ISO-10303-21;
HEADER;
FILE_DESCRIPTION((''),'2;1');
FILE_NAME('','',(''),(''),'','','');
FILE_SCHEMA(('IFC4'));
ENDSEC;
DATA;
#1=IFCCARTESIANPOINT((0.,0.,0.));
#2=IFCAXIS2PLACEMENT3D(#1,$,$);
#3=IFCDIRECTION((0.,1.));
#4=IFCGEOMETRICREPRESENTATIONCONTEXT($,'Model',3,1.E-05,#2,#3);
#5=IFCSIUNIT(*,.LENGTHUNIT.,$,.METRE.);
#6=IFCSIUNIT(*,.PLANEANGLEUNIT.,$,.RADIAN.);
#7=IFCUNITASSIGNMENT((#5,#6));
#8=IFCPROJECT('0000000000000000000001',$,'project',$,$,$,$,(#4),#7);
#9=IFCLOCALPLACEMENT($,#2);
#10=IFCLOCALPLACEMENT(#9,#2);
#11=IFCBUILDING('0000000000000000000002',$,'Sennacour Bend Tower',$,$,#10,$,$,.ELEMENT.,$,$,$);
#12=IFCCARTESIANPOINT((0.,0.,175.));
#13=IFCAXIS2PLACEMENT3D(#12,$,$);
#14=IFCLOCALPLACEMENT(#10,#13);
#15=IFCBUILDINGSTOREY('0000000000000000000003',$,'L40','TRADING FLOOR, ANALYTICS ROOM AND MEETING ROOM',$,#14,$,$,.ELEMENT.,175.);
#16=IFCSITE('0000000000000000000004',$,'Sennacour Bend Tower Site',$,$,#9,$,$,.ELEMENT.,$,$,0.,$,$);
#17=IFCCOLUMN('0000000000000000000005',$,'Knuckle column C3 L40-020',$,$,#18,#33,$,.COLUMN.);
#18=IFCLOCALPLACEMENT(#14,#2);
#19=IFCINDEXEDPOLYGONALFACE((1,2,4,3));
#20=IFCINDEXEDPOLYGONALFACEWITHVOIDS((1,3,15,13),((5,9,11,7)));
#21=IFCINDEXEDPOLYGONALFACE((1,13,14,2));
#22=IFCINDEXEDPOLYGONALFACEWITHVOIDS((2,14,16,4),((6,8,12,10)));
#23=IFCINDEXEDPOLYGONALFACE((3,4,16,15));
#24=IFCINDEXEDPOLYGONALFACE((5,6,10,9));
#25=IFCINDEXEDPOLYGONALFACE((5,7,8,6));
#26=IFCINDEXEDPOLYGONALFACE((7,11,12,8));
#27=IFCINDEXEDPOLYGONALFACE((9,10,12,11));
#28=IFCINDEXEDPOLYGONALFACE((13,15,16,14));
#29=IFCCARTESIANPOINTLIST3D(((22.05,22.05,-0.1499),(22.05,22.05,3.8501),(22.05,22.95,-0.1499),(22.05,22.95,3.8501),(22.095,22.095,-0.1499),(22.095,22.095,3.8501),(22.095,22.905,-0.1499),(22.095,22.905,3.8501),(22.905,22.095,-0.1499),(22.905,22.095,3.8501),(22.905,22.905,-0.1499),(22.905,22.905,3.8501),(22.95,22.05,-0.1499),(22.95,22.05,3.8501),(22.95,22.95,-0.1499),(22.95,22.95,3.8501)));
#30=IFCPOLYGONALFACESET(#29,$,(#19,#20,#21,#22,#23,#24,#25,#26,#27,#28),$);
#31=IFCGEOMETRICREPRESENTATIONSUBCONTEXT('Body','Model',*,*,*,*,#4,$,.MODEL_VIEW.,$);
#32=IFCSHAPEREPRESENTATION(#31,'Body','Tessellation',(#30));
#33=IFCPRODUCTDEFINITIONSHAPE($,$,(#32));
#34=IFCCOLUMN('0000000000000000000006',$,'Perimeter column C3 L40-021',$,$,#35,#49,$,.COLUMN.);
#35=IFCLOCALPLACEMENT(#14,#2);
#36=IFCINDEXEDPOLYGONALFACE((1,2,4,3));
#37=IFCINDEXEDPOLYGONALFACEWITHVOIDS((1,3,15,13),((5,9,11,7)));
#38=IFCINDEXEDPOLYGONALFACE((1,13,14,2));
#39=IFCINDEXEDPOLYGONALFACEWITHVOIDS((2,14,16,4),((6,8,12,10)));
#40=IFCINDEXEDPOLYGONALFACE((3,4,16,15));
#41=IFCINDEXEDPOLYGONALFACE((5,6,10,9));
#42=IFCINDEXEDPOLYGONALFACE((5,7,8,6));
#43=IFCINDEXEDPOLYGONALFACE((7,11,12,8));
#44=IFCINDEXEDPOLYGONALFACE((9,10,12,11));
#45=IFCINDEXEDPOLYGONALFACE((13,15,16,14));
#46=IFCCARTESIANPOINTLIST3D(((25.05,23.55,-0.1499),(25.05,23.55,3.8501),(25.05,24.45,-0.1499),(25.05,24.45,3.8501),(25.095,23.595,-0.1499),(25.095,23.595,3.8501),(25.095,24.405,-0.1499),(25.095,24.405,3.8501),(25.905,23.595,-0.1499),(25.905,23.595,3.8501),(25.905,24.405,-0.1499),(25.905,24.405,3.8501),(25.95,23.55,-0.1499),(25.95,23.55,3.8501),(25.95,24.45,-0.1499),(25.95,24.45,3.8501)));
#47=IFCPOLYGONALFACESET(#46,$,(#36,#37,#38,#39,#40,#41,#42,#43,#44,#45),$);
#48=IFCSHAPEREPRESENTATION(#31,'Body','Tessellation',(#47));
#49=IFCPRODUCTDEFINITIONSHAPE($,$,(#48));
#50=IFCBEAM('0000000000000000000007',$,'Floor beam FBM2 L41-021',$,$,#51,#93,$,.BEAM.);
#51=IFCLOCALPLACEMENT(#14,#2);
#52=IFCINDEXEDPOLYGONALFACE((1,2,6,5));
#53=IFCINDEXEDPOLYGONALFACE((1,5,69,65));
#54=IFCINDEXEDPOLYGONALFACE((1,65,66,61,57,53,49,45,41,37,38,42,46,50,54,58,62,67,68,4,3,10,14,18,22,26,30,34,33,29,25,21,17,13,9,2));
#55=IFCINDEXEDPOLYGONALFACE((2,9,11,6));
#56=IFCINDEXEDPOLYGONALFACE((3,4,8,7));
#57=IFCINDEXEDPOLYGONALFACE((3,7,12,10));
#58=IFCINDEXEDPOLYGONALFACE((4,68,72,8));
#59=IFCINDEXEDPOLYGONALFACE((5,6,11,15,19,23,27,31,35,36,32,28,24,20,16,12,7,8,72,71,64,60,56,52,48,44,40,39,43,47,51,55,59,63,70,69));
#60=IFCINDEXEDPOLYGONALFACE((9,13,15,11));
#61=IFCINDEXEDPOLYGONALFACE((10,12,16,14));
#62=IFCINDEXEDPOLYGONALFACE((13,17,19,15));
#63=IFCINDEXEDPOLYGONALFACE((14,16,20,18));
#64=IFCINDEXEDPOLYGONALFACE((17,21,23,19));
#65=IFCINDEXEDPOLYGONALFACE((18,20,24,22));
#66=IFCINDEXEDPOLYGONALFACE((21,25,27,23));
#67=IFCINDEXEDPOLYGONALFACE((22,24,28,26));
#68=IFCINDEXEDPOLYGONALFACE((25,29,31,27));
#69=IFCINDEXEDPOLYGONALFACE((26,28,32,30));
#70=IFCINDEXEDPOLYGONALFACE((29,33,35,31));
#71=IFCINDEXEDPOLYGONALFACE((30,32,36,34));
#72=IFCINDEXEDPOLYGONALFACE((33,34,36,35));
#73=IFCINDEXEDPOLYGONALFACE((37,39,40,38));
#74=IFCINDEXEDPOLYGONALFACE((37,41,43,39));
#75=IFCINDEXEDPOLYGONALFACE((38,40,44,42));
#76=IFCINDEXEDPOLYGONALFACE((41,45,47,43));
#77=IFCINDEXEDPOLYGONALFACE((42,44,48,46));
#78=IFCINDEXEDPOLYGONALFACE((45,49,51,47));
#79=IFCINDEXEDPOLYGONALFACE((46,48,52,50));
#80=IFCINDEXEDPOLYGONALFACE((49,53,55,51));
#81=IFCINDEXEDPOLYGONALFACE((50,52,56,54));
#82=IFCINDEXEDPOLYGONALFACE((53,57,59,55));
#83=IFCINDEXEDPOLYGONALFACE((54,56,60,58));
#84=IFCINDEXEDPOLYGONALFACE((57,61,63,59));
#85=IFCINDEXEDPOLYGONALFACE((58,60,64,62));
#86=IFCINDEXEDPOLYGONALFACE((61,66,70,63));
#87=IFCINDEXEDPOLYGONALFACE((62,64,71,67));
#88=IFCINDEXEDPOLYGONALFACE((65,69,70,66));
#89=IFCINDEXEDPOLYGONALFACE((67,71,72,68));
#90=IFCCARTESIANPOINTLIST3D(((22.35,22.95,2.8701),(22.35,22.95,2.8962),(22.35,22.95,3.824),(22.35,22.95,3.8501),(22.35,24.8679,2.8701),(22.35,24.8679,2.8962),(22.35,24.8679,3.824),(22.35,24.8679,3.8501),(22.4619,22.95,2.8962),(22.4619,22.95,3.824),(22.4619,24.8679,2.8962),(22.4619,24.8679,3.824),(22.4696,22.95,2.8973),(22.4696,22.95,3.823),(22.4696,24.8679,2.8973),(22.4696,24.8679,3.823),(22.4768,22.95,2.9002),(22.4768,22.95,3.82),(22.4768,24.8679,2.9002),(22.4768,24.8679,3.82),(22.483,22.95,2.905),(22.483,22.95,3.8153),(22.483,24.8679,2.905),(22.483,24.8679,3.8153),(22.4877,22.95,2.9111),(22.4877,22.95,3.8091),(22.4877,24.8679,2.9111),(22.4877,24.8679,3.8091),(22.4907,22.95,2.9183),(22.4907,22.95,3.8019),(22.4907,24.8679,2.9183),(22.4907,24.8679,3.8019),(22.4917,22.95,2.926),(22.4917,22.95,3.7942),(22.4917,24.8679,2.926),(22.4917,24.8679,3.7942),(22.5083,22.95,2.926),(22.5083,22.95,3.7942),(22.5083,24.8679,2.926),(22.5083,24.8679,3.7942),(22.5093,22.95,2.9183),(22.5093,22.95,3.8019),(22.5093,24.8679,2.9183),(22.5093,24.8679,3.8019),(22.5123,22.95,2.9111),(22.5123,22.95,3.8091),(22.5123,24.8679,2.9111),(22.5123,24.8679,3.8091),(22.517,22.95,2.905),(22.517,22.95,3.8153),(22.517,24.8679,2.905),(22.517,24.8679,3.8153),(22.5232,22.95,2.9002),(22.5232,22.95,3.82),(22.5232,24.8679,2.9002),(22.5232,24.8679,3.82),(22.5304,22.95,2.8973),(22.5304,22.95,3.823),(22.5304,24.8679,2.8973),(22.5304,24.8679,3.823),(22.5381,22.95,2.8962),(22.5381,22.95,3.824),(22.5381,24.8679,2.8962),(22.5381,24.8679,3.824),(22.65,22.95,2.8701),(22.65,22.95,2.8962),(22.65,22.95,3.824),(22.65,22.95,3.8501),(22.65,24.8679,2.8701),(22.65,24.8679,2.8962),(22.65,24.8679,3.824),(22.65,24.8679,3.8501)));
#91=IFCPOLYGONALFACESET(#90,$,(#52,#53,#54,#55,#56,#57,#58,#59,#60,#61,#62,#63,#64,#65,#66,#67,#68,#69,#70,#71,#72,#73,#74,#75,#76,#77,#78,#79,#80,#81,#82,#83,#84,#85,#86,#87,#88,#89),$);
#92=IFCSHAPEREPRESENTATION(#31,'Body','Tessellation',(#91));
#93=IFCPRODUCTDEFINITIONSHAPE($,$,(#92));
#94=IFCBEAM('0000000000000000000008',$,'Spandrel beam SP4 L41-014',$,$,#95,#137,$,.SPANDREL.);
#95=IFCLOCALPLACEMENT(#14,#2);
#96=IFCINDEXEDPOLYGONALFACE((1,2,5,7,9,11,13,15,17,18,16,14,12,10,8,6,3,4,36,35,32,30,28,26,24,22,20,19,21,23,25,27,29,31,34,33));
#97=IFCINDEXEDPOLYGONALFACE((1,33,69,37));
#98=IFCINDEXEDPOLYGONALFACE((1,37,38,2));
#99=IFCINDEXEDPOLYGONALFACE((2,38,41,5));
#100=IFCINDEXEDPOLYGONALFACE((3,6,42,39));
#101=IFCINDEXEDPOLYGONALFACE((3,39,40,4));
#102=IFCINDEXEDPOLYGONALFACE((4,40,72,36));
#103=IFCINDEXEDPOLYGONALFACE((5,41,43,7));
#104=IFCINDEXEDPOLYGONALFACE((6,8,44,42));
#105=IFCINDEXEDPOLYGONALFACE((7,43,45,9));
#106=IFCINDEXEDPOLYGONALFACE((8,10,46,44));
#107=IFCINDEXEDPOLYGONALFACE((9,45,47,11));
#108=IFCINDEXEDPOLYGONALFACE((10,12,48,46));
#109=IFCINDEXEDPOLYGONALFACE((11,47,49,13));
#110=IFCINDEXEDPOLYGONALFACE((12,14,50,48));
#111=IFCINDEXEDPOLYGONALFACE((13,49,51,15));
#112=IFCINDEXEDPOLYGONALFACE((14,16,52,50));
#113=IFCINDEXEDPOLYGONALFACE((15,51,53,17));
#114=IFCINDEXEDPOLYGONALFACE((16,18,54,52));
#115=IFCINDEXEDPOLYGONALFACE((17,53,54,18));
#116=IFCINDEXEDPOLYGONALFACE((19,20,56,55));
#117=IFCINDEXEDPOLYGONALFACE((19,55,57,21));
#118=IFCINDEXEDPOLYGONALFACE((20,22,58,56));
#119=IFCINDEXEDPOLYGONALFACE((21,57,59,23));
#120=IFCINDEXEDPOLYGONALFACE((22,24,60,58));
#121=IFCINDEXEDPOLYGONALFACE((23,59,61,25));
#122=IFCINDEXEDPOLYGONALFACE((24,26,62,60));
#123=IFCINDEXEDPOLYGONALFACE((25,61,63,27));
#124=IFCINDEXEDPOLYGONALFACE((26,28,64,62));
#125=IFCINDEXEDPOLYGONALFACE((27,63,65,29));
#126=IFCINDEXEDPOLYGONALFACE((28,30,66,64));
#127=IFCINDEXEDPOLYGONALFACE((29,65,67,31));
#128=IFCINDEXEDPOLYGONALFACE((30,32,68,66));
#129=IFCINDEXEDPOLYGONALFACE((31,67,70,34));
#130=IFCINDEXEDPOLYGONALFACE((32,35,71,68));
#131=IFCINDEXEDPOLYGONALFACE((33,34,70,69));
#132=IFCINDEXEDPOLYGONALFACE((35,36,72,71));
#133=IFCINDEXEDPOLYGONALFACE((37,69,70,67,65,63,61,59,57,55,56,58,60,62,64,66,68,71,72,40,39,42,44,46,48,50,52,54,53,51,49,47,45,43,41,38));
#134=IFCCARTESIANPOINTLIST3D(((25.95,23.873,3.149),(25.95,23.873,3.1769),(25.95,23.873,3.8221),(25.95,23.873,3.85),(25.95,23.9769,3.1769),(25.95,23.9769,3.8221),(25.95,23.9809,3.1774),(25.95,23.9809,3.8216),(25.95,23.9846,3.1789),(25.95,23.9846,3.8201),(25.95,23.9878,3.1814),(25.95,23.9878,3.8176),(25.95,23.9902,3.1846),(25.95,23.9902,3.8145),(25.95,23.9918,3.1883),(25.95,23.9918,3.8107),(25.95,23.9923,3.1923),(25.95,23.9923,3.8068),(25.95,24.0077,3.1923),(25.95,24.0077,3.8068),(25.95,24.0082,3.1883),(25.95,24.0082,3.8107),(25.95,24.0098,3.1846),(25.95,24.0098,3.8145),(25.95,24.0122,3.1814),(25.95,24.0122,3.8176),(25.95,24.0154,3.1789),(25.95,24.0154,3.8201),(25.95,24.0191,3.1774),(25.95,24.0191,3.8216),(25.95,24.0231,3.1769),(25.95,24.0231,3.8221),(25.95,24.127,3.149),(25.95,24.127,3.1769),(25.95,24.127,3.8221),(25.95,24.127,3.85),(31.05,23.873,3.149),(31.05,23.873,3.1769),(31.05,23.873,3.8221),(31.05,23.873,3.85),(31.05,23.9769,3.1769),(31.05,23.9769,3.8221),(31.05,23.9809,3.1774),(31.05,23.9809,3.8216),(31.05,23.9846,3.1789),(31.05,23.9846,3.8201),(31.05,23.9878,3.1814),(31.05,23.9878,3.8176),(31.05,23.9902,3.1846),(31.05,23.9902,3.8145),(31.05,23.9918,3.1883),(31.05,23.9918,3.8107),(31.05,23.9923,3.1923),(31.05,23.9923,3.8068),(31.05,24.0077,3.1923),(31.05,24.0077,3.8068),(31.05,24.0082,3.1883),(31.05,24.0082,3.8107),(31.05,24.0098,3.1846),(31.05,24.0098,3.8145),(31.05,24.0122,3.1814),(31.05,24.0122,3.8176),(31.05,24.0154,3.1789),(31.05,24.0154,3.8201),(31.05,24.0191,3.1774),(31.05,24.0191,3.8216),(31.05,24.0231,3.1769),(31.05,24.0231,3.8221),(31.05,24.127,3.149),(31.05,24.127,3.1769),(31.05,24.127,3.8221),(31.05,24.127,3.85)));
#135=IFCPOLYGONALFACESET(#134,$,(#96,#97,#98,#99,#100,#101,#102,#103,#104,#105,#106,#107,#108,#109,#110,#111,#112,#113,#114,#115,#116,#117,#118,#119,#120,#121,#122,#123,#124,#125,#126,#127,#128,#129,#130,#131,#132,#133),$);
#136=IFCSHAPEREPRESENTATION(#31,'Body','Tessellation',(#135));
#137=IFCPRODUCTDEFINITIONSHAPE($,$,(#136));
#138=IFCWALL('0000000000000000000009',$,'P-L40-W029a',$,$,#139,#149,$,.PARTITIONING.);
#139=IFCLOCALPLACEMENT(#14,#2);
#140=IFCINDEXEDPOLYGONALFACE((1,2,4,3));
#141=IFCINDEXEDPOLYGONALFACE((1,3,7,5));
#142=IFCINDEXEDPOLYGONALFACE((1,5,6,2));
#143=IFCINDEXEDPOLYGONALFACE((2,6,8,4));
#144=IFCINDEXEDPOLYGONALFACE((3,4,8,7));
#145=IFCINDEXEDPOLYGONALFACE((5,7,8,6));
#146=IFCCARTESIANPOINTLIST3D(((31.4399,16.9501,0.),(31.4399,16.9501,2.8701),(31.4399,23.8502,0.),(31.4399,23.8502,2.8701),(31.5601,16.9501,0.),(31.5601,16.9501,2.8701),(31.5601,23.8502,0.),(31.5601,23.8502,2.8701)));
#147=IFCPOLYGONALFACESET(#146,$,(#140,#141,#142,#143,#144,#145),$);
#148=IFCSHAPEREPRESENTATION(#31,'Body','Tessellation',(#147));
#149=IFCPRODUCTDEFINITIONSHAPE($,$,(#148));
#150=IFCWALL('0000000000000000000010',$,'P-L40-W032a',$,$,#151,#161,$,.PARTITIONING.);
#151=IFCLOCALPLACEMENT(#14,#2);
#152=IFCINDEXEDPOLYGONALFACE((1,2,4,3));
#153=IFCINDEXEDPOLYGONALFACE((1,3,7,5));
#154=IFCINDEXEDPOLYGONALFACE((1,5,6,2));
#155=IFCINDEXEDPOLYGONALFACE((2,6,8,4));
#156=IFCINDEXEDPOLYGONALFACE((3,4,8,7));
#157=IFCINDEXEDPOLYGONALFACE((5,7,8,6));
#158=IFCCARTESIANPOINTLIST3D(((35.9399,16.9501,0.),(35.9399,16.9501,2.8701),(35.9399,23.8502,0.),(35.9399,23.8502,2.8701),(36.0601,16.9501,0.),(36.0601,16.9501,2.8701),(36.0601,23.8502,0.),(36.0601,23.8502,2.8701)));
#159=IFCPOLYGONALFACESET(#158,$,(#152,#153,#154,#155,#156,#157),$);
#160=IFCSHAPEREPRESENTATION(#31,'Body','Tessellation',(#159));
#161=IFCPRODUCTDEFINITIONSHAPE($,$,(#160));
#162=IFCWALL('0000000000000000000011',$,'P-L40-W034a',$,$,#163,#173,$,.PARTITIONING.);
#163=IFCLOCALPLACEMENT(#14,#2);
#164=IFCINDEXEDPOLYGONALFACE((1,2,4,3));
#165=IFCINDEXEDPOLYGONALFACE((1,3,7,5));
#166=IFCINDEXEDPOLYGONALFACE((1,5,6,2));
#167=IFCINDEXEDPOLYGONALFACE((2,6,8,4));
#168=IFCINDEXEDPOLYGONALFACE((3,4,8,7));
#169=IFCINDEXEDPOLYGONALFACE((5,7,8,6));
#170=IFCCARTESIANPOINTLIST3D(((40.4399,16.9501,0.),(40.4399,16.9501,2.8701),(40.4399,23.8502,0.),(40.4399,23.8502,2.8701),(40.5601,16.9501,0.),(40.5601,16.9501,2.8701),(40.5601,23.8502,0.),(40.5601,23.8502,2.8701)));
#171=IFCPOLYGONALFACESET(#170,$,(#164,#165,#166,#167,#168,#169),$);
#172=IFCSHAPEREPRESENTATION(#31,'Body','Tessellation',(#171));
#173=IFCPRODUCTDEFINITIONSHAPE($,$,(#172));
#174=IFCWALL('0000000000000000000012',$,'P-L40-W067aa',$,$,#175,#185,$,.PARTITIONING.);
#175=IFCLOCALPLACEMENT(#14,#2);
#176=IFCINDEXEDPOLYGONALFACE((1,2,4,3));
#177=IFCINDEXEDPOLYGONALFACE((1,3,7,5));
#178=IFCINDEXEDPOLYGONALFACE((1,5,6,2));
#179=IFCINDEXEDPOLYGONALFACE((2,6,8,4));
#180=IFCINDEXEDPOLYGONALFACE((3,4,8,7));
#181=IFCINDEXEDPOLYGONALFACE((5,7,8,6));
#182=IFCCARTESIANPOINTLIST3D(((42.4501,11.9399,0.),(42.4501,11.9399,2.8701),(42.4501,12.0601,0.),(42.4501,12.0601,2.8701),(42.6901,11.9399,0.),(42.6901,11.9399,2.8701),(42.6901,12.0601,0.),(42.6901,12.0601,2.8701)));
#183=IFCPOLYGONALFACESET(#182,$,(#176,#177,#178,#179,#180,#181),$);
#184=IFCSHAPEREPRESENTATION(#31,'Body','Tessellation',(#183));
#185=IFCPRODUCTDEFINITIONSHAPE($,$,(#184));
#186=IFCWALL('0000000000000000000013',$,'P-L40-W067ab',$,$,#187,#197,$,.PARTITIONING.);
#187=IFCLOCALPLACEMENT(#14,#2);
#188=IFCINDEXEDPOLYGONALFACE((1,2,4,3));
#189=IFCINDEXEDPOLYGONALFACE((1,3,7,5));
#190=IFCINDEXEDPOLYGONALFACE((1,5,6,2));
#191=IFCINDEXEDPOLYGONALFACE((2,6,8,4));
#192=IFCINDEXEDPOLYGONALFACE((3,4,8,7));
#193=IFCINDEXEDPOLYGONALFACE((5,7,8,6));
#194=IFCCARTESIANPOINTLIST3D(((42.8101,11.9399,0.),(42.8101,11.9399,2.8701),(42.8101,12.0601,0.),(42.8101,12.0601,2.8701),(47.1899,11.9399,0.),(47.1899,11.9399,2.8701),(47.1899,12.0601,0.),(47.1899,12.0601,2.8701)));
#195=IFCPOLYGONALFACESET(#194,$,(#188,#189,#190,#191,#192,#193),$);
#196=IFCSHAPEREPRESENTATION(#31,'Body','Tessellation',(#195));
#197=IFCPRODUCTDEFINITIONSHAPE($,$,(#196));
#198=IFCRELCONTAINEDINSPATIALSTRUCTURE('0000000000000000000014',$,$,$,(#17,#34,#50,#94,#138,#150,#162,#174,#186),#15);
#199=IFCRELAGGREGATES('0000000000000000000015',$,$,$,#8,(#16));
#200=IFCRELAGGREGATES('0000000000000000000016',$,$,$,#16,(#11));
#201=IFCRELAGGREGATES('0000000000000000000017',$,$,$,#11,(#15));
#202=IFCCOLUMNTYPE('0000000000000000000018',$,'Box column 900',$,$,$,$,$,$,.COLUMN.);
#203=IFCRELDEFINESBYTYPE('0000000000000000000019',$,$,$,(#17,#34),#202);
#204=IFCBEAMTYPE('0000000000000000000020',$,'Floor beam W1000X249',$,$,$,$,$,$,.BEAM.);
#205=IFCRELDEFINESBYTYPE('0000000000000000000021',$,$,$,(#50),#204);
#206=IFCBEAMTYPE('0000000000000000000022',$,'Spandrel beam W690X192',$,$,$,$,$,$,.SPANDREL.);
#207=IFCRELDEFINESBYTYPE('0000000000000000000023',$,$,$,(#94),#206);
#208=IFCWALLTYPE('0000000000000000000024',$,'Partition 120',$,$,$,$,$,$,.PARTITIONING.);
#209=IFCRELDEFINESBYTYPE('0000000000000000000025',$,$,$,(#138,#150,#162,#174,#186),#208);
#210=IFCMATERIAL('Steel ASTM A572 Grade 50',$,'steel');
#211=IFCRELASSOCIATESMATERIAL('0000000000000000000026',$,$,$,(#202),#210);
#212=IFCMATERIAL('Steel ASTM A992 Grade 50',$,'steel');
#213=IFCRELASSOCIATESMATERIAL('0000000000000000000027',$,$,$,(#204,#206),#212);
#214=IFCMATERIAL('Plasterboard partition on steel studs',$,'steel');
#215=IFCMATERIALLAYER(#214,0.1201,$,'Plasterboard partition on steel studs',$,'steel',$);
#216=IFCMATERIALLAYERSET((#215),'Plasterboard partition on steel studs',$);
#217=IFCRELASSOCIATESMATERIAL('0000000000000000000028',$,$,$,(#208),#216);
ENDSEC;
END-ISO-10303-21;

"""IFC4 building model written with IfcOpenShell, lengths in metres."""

from ifc_helpers import new_model, si_unit, direction, frame, frame_2d, origin, origin_2d, place, context, subcontext, project, spatial, rectangle, hollow_rectangle, i_section, extrude, material, layer, layer_set, material_profile, profile_set, type_object, element, save


model = new_model("IFC4")

# Units and contexts
model_context = context("Model", 3, precision=1e-05, world=origin(), true_north=direction((0.0, 1.0)))
body_context = subcontext(model_context, "Body", "Model", "MODEL_VIEW")
ifc_project = project(units=[si_unit("LENGTHUNIT", "METRE"), si_unit("PLANEANGLEUNIT", "RADIAN")], contexts=[model_context])

# Site, building, storey
site_placement = place(None, origin())
site = spatial("IfcSite", under=ifc_project, at=site_placement, Name="Sennacour Bend Tower Site", CompositionType="ELEMENT", RefElevation=0.0)
building_placement = place(site_placement, origin())
building = spatial("IfcBuilding", under=site, at=building_placement, Name="Sennacour Bend Tower", CompositionType="ELEMENT")
storey_placement = place(building_placement, frame((0.0, 0.0, 175.0)))
storey = spatial("IfcBuildingStorey", under=building, at=storey_placement, Name="L40", Description="TRADING FLOOR, ANALYTICS ROOM AND MEETING ROOM", CompositionType="ELEMENT", Elevation=175.0)

# Columns
ifc_material_1 = material(Name="Steel ASTM A572 Grade 50", Category="steel")
ifc_material_profile_1 = material_profile(ifc_material_1, hollow_rectangle(XDim=0.8999, YDim=0.8999, WallThickness=0.0449, at=origin_2d()), Name="Steel ASTM A572 Grade 50", Category="steel")
ifc_profile_set_1 = profile_set([ifc_material_profile_1], Name="Steel ASTM A572 Grade 50")
column_type = type_object("IfcColumnType", Name="Box column 900", PredefinedType="COLUMN", material=ifc_profile_set_1)
for number, where, z_axis, x_axis, name in (
    (1, (22.5, 22.5, -0.1499), (0.0, 0.0, 1.0), (1.0, 0.0, 0.0), "Knuckle column C3 L40-020"),
    (2, (25.5, 24.0, -0.1499), (0.0, 0.0, 1.0), (1.0, 0.0, 0.0), "Perimeter column C3 L40-021"),
):
    element("IfcColumn", number, at=place(storey_placement, frame(where, z_axis=z_axis, x_axis=x_axis)), inside=storey, type_object=column_type, Name=name, PredefinedType="COLUMN", context=body_context, shape_type="SweptSolid", body=[
        extrude(hollow_rectangle(XDim=0.8999, YDim=0.8999, WallThickness=0.0449, at=origin_2d()), origin(), (0.0, 0.0, 1.0), 4.0),
    ])

# Beams
ifc_material_2 = material(Name="Steel ASTM A992 Grade 50", Category="steel")
ifc_material_profile_2 = material_profile(ifc_material_2, i_section(OverallWidth=0.3, OverallDepth=0.98, WebThickness=0.0166, FlangeThickness=0.0261, FilletRadius=0.0298, at=origin_2d()), Name="Steel ASTM A992 Grade 50", Category="steel")
ifc_profile_set_2 = profile_set([ifc_material_profile_2], Name="Steel ASTM A992 Grade 50")
beam_type_1 = type_object("IfcBeamType", Name="Floor beam W1000X249", PredefinedType="BEAM", material=ifc_profile_set_2)
beam_1_placement = place(storey_placement, frame((22.5, 22.95, 3.3601), z_axis=(0.0, 1.0, 0.0), x_axis=(-1.0, 0.0, 0.0)))
element("IfcBeam", 3, at=beam_1_placement, inside=storey, type_object=beam_type_1, Name="Floor beam FBM2 L41-021", PredefinedType="BEAM", context=body_context, shape_type="SweptSolid", body=[
    extrude(i_section(OverallWidth=0.3, OverallDepth=0.98, WebThickness=0.0166, FlangeThickness=0.0261, FilletRadius=0.0298, at=origin_2d()), origin(), (0.0, 0.0, 1.0), 1.918),
])
ifc_material_profile_3 = material_profile(ifc_material_2, i_section(OverallWidth=0.2539, OverallDepth=0.7009, WebThickness=0.0154, FlangeThickness=0.0278, FilletRadius=0.0154, at=origin_2d()), Name="Steel ASTM A992 Grade 50", Category="steel")
ifc_profile_set_3 = profile_set([ifc_material_profile_3], Name="Steel ASTM A992 Grade 50")
beam_type_2 = type_object("IfcBeamType", Name="Spandrel beam W690X192", PredefinedType="SPANDREL", material=ifc_profile_set_3)
beam_2_placement = place(storey_placement, frame((25.95, 24.0, 3.4995), z_axis=(1.0, 0.0, 0.0), x_axis=(0.0, 1.0, 0.0)))
element("IfcBeam", 4, at=beam_2_placement, inside=storey, type_object=beam_type_2, Name="Spandrel beam SP4 L41-014", PredefinedType="SPANDREL", context=body_context, shape_type="SweptSolid", body=[
    extrude(i_section(OverallWidth=0.2539, OverallDepth=0.7009, WebThickness=0.0154, FlangeThickness=0.0278, FilletRadius=0.0154, at=origin_2d()), origin(), (0.0, 0.0, 1.0), 5.1001),
])

# Walls
ifc_material_3 = material(Name="Plasterboard partition on steel studs", Category="steel")
ifc_layer_1 = layer(ifc_material_3, 0.1201, Name="Plasterboard partition on steel studs", Category="steel")
ifc_layer_set_1 = layer_set([ifc_layer_1], Name="Plasterboard partition on steel studs")
wall_type_1 = type_object("IfcWallType", Name="Partition 120", PredefinedType="PARTITIONING", material=ifc_layer_set_1)
for number, where, z_axis, x_axis, name in (
    (5, (31.5, 16.95, 0.0), (0.0, 0.0, 1.0), (0.0, 1.0, 0.0), "P-L40-W029a"),
    (6, (36.0, 16.95, 0.0), (0.0, 0.0, 1.0), (0.0, 1.0, 0.0), "P-L40-W032a"),
    (7, (40.5, 16.95, 0.0), (0.0, 0.0, 1.0), (0.0, 1.0, 0.0), "P-L40-W034a"),
):
    element("IfcWall", number, at=place(storey_placement, frame(where, z_axis=z_axis, x_axis=x_axis)), inside=storey, type_object=wall_type_1, Name=name, PredefinedType="PARTITIONING", context=body_context, shape_type="SweptSolid", body=[
        extrude(rectangle(XDim=6.9001, YDim=0.1201, at=frame_2d((3.4502, 0.0))), origin(), (0.0, 0.0, 1.0), 2.8701),
    ])
wall_1_placement = place(storey_placement, frame((42.45, 12.0, 0.0), z_axis=(0.0, 0.0, 1.0), x_axis=(1.0, 0.0, 0.0)))
element("IfcWall", 8, at=wall_1_placement, inside=storey, type_object=wall_type_1, Name="P-L40-W067aa", PredefinedType="PARTITIONING", context=body_context, shape_type="SweptSolid", body=[
    extrude(rectangle(XDim=0.24, YDim=0.1201, at=frame_2d((0.1201, 0.0))), origin(), (0.0, 0.0, 1.0), 2.8701),
])
wall_2_placement = place(storey_placement, frame((42.8101, 12.0, 0.0), z_axis=(0.0, 0.0, 1.0), x_axis=(1.0, 0.0, 0.0)))
element("IfcWall", 9, at=wall_2_placement, inside=storey, type_object=wall_type_1, Name="P-L40-W067ab", PredefinedType="PARTITIONING", context=body_context, shape_type="SweptSolid", body=[
    extrude(rectangle(XDim=4.3799, YDim=0.1201, at=frame_2d((2.1899, 0.0))), origin(), (0.0, 0.0, 1.0), 2.8701),
])

save(model, "model.ifc")
